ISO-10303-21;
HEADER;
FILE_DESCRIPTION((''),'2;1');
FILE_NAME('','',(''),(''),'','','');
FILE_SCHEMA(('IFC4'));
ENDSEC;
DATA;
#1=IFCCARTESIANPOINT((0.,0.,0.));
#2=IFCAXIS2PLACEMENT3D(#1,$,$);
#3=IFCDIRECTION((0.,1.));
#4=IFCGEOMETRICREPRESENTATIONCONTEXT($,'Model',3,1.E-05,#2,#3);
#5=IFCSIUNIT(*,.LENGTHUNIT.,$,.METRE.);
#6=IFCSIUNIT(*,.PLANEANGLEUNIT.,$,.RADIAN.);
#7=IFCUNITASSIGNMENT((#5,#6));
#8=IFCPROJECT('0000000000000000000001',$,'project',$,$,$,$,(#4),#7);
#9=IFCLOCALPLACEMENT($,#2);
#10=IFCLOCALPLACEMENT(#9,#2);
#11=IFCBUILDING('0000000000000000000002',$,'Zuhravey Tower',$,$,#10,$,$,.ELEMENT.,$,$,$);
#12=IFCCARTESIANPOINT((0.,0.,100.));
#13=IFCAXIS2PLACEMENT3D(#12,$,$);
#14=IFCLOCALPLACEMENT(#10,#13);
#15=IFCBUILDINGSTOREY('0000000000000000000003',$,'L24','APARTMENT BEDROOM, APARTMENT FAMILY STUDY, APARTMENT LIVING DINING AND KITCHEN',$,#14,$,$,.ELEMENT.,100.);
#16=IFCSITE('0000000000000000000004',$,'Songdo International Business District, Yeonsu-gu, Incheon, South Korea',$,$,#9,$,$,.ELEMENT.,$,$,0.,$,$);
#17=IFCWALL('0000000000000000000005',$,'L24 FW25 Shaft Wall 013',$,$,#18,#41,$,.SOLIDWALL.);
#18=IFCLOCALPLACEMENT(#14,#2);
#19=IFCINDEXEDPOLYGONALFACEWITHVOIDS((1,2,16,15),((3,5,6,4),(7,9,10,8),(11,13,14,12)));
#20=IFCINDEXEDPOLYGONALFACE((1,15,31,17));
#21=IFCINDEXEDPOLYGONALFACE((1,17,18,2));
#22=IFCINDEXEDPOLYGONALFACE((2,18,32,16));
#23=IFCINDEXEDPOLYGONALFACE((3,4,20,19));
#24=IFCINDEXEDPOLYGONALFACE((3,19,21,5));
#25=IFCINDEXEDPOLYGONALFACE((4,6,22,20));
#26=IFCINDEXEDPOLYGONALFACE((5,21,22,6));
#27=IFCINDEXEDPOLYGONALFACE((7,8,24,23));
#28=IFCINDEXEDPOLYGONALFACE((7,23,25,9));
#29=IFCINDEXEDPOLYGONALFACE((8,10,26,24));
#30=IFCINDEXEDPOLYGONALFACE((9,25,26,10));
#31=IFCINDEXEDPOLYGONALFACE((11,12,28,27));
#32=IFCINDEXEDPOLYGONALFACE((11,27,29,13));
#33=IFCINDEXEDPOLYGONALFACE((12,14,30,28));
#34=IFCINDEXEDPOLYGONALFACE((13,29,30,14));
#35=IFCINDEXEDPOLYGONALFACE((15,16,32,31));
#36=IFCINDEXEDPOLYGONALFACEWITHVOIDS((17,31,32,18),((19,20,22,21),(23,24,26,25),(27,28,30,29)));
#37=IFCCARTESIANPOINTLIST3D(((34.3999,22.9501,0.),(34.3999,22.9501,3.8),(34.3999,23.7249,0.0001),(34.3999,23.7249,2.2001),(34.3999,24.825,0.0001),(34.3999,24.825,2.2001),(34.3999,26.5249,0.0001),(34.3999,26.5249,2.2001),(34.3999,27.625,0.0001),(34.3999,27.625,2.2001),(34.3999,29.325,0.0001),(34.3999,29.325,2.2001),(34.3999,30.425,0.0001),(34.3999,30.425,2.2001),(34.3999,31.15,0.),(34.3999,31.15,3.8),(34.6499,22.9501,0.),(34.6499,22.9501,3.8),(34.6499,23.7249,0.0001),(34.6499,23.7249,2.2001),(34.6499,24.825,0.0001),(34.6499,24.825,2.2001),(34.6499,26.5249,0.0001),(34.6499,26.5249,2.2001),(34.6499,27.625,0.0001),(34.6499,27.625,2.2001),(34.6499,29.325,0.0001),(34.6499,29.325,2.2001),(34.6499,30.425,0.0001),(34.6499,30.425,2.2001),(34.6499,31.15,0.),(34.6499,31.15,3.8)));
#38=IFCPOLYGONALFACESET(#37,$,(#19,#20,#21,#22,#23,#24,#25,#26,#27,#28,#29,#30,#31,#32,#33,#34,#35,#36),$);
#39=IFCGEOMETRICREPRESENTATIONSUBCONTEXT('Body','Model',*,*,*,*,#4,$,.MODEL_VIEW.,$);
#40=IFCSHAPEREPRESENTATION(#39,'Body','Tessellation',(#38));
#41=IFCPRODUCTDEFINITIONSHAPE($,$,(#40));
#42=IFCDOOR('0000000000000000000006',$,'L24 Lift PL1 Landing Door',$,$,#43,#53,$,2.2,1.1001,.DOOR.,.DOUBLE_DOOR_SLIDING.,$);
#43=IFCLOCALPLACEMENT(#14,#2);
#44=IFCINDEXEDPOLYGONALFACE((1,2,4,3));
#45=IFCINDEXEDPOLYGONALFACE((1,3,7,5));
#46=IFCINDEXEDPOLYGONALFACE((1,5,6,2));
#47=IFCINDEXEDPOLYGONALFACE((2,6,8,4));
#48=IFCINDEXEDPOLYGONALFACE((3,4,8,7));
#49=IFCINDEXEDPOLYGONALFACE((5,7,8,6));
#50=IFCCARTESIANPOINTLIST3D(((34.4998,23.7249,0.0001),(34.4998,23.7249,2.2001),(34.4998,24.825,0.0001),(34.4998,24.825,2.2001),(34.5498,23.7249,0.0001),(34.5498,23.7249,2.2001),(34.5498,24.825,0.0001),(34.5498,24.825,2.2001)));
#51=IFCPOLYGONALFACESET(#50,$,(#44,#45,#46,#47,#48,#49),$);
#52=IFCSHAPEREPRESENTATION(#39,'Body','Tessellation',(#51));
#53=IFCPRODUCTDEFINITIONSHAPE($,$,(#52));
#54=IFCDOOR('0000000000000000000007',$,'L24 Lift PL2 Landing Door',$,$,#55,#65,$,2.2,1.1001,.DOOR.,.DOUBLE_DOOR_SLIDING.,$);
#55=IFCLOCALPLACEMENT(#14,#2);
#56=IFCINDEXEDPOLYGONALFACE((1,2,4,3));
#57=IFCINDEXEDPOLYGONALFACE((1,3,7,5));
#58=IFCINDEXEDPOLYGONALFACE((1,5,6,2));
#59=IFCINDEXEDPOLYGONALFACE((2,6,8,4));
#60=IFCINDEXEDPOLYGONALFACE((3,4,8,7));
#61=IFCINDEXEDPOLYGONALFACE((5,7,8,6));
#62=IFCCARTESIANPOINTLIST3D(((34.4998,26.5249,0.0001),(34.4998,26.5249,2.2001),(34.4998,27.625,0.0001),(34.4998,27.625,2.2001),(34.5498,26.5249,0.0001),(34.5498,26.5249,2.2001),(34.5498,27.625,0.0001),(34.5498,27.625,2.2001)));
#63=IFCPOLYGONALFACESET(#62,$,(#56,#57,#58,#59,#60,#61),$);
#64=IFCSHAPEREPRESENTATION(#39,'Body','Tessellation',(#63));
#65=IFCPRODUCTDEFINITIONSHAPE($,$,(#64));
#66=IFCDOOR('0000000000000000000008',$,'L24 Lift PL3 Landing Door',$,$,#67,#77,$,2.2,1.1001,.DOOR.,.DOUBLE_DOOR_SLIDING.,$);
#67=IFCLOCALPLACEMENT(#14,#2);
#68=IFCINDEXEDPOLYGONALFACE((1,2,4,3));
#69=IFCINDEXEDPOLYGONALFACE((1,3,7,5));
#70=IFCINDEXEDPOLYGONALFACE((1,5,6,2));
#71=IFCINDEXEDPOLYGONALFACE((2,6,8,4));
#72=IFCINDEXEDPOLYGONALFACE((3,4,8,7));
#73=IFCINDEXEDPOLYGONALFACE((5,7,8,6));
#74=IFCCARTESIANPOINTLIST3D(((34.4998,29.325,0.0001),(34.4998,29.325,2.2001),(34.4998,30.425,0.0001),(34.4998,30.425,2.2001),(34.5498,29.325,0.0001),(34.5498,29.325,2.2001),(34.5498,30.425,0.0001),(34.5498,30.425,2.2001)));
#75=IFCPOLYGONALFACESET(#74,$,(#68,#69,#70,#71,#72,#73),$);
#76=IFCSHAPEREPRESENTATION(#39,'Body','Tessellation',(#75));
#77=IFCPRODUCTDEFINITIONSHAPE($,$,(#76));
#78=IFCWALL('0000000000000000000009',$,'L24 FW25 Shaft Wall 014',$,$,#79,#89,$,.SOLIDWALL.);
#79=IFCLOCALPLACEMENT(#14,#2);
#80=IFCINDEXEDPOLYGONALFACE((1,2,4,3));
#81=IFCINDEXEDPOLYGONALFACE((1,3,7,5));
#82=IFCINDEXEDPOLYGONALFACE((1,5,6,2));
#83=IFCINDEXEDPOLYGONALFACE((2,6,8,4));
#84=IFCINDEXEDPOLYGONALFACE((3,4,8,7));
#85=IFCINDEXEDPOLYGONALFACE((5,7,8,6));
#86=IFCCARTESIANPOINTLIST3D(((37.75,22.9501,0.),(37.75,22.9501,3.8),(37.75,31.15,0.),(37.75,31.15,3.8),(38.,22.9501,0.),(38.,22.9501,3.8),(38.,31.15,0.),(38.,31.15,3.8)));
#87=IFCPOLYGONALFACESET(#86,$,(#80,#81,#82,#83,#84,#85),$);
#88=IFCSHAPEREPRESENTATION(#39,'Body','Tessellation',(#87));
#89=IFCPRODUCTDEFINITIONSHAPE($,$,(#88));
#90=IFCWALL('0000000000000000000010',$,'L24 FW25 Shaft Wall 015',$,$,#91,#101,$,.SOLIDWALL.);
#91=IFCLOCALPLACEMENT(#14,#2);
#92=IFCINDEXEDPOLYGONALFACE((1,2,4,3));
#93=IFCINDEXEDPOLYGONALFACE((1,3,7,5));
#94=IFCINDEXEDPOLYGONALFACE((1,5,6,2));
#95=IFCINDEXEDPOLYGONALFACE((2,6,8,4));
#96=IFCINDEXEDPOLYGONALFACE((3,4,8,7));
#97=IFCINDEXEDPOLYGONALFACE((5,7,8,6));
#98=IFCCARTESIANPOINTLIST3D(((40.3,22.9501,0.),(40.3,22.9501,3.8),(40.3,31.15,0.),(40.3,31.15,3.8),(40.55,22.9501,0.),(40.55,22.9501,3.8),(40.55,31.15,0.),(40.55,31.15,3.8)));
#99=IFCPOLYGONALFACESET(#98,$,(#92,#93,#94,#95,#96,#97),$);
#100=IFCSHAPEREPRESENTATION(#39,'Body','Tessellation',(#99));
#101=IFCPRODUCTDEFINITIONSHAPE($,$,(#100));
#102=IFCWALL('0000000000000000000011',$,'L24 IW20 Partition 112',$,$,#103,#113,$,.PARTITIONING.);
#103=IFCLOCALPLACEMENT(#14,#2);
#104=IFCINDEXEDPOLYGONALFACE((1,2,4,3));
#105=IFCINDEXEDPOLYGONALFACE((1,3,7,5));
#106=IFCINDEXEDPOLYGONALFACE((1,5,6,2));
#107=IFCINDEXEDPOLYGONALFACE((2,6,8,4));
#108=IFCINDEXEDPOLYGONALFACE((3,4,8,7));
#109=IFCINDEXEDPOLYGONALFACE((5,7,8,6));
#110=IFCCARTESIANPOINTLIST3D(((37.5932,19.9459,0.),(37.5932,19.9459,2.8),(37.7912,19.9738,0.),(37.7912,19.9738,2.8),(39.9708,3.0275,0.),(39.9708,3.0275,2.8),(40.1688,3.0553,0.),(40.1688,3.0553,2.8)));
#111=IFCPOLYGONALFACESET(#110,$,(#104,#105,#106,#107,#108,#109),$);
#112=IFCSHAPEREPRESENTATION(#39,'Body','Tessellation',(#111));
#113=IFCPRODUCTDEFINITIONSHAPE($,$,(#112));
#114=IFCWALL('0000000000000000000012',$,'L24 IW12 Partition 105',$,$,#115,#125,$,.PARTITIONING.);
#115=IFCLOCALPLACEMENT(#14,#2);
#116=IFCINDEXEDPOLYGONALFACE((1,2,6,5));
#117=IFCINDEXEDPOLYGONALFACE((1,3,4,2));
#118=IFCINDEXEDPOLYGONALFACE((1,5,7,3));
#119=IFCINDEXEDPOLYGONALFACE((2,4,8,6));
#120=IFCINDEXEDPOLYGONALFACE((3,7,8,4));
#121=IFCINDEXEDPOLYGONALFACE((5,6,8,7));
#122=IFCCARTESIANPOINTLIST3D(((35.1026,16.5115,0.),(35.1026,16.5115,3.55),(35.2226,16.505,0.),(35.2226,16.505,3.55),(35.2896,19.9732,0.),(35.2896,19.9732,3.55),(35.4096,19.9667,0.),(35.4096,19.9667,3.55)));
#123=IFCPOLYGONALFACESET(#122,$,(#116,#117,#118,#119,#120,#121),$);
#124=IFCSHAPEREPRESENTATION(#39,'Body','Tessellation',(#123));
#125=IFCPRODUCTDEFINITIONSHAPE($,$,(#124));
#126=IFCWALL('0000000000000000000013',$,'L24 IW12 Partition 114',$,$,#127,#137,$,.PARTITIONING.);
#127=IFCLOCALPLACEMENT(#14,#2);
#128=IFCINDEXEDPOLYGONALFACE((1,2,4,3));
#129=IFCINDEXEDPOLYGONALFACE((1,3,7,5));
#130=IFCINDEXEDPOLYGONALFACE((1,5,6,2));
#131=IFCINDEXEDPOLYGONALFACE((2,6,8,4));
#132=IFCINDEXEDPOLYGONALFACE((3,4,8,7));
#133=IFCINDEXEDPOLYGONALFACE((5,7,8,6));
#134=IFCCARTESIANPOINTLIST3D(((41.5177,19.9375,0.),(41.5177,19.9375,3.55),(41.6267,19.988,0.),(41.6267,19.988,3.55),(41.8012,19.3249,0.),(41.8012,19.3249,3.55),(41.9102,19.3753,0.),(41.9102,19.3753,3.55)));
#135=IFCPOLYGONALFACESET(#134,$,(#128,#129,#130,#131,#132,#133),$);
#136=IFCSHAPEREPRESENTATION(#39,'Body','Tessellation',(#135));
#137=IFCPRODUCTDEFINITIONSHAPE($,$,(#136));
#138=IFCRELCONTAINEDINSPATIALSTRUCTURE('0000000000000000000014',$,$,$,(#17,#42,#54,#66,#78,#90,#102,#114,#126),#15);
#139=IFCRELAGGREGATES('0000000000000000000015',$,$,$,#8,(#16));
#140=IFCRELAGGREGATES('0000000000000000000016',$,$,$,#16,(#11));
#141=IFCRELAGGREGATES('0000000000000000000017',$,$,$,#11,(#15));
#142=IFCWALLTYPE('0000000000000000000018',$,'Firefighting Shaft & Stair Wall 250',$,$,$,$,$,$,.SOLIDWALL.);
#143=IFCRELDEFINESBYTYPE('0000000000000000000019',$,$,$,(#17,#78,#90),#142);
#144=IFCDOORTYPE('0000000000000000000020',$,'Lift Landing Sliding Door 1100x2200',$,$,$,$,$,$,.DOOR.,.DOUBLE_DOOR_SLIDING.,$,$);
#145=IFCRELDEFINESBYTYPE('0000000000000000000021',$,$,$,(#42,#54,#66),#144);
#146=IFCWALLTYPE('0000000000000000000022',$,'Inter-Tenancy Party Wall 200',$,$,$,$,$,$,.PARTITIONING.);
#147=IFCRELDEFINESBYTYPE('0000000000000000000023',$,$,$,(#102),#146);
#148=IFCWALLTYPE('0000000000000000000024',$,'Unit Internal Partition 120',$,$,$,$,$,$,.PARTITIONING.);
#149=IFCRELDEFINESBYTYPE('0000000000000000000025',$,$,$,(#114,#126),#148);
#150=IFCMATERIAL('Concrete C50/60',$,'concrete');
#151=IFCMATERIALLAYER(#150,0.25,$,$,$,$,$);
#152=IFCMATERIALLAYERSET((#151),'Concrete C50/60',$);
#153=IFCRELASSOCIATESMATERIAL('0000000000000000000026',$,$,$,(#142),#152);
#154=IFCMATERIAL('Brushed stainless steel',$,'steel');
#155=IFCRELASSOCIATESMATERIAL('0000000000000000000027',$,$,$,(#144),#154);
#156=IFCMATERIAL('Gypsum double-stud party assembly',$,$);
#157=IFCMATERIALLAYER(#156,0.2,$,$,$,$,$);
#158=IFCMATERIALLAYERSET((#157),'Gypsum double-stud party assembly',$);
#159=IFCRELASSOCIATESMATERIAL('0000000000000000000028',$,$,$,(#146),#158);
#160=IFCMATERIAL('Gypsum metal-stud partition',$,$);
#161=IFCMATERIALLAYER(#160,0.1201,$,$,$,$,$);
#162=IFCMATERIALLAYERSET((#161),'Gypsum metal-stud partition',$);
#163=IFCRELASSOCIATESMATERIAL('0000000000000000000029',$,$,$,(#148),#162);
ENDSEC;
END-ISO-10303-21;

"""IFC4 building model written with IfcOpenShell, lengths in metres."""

from ifc_helpers import new_model, si_unit, direction, frame, frame_2d, origin, place, context, subcontext, project, spatial, rectangle, extrude, material, layer, layer_set, type_object, element, fill, save


model = new_model("IFC4")

# Units and contexts
model_context = context("Model", 3, precision=1e-05, world=origin(), true_north=direction((0.0, 1.0)))
body_context = subcontext(model_context, "Body", "Model", "MODEL_VIEW")
ifc_project = project(units=[si_unit("LENGTHUNIT", "METRE"), si_unit("PLANEANGLEUNIT", "RADIAN")], contexts=[model_context])

# Site, building, storey
site_placement = place(None, origin())
site = spatial("IfcSite", under=ifc_project, at=site_placement, Name="Songdo International Business District, Yeonsu-gu, Incheon, South Korea", CompositionType="ELEMENT", RefElevation=0.0)
building_placement = place(site_placement, origin())
building = spatial("IfcBuilding", under=site, at=building_placement, Name="Zuhravey Tower", CompositionType="ELEMENT")
storey_placement = place(building_placement, frame((0.0, 0.0, 100.0)))
storey = spatial("IfcBuildingStorey", under=building, at=storey_placement, Name="L24", Description="APARTMENT BEDROOM, APARTMENT FAMILY STUDY, APARTMENT LIVING DINING AND KITCHEN", CompositionType="ELEMENT", Elevation=100.0)

# Shared definitions
ifc_material_1 = material(Name="Concrete C50/60", Category="concrete")
ifc_layer_1 = layer(ifc_material_1, 0.25)
ifc_layer_set_1 = layer_set([ifc_layer_1], Name="Concrete C50/60")
wall_type_1 = type_object("IfcWallType", Name="Firefighting Shaft & Stair Wall 250", PredefinedType="SOLIDWALL", material=ifc_layer_set_1)

# Wall, openings, doors
wall_1_placement = place(storey_placement, frame((34.5249, 22.95, 0.0), z_axis=(0.0, 0.0, 1.0), x_axis=(0.0, 1.0, 0.0)))
wall_1 = element("IfcWall", 1, at=wall_1_placement, inside=storey, type_object=wall_type_1, Name="L24 FW25 Shaft Wall 013", PredefinedType="SOLIDWALL", context=body_context, shape_type="SweptSolid", body=[
    extrude(rectangle(XDim=8.2, YDim=0.25, at=frame_2d((4.1001, 0.0))), origin(), (0.0, 0.0, 1.0), 3.8),
])
opening_1_placement = place(wall_1_placement, frame((0.7749, 0.0, 0.0)))
opening_1 = element("IfcOpeningElement", 2, at=opening_1_placement, cuts=wall_1, PredefinedType="OPENING", context=body_context, shape_type="SweptSolid", body=[
    extrude(rectangle(XDim=1.1001, YDim=2.2, at=frame_2d((0.55, 1.1001))), frame((0.0, 0.137, 0.0), z_axis=(0.0, -1.0, 0.0), x_axis=(1.0, 0.0, 0.0)), (0.0, 0.0, 1.0), 0.2739),
])
opening_2_placement = place(wall_1_placement, frame((3.575, 0.0, 0.0)))
opening_2 = element("IfcOpeningElement", 3, at=opening_2_placement, cuts=wall_1, PredefinedType="OPENING", context=body_context, shape_type="SweptSolid", body=[
    extrude(rectangle(XDim=1.1001, YDim=2.2, at=frame_2d((0.55, 1.1001))), frame((0.0, 0.137, 0.0), z_axis=(0.0, -1.0, 0.0), x_axis=(1.0, 0.0, 0.0)), (0.0, 0.0, 1.0), 0.2739),
])
opening_3_placement = place(wall_1_placement, frame((6.375, 0.0, 0.0)))
opening_3 = element("IfcOpeningElement", 4, at=opening_3_placement, cuts=wall_1, PredefinedType="OPENING", context=body_context, shape_type="SweptSolid", body=[
    extrude(rectangle(XDim=1.1001, YDim=2.2, at=frame_2d((0.55, 1.1001))), frame((0.0, 0.137, 0.0), z_axis=(0.0, -1.0, 0.0), x_axis=(1.0, 0.0, 0.0)), (0.0, 0.0, 1.0), 0.2739),
])
ifc_material_2 = material(Name="Brushed stainless steel", Category="steel")
door_type_1 = type_object("IfcDoorType", Name="Lift Landing Sliding Door 1100x2200", OperationType="DOUBLE_DOOR_SLIDING", PredefinedType="DOOR", material=ifc_material_2)
door_1_placement = place(opening_1_placement, frame((1.1001, 0.0, 0.0), z_axis=(0.0, 0.0, 1.0), x_axis=(-1.0, 0.0, 0.0)))
door_1 = element("IfcDoor", 5, at=door_1_placement, inside=storey, type_object=door_type_1, Name="L24 Lift PL1 Landing Door", OperationType="DOUBLE_DOOR_SLIDING", OverallHeight=2.2, OverallWidth=1.1001, PredefinedType="DOOR", context=body_context, shape_type="SweptSolid", body=[
    extrude(rectangle(XDim=1.1001, YDim=2.2, at=frame_2d((0.55, 1.1001))), frame((0.0, 0.0249, 0.0), z_axis=(0.0, -1.0, 0.0), x_axis=(1.0, 0.0, 0.0)), (0.0, 0.0, 1.0), 0.05),
])
fill(opening_1, door_1)
door_2_placement = place(opening_2_placement, frame((1.1001, 0.0, 0.0), z_axis=(0.0, 0.0, 1.0), x_axis=(-1.0, 0.0, 0.0)))
door_2 = element("IfcDoor", 6, at=door_2_placement, inside=storey, type_object=door_type_1, Name="L24 Lift PL2 Landing Door", OperationType="DOUBLE_DOOR_SLIDING", OverallHeight=2.2, OverallWidth=1.1001, PredefinedType="DOOR", context=body_context, shape_type="SweptSolid", body=[
    extrude(rectangle(XDim=1.1001, YDim=2.2, at=frame_2d((0.55, 1.1001))), frame((0.0, 0.0249, 0.0), z_axis=(0.0, -1.0, 0.0), x_axis=(1.0, 0.0, 0.0)), (0.0, 0.0, 1.0), 0.05),
])
fill(opening_2, door_2)
door_3_placement = place(opening_3_placement, frame((1.1001, 0.0, 0.0), z_axis=(0.0, 0.0, 1.0), x_axis=(-1.0, 0.0, 0.0)))
door_3 = element("IfcDoor", 7, at=door_3_placement, inside=storey, type_object=door_type_1, Name="L24 Lift PL3 Landing Door", OperationType="DOUBLE_DOOR_SLIDING", OverallHeight=2.2, OverallWidth=1.1001, PredefinedType="DOOR", context=body_context, shape_type="SweptSolid", body=[
    extrude(rectangle(XDim=1.1001, YDim=2.2, at=frame_2d((0.55, 1.1001))), frame((0.0, 0.0249, 0.0), z_axis=(0.0, -1.0, 0.0), x_axis=(1.0, 0.0, 0.0)), (0.0, 0.0, 1.0), 0.05),
])
fill(opening_3, door_3)

# Walls
for number, where, z_axis, x_axis, name in (
    (8, (37.875, 22.95, 0.0), (0.0, 0.0, 1.0), (0.0, 1.0, 0.0), "L24 FW25 Shaft Wall 014"),
    (9, (40.425, 22.95, 0.0), (0.0, 0.0, 1.0), (0.0, 1.0, 0.0), "L24 FW25 Shaft Wall 015"),
):
    element("IfcWall", number, at=place(storey_placement, frame(where, z_axis=z_axis, x_axis=x_axis)), inside=storey, type_object=wall_type_1, Name=name, PredefinedType="SOLIDWALL", context=body_context, shape_type="SweptSolid", body=[
        extrude(rectangle(XDim=8.2, YDim=0.25, at=frame_2d((4.1001, 0.0))), origin(), (0.0, 0.0, 1.0), 3.8),
    ])
ifc_material_3 = material(Name="Gypsum double-stud party assembly")
ifc_layer_2 = layer(ifc_material_3, 0.2)
ifc_layer_set_2 = layer_set([ifc_layer_2], Name="Gypsum double-stud party assembly")
wall_type_2 = type_object("IfcWallType", Name="Inter-Tenancy Party Wall 200", PredefinedType="PARTITIONING", material=ifc_layer_set_2)
wall_2_placement = place(storey_placement, frame((37.6921, 19.96, 0.0), z_axis=(0.0, 0.0, 1.0), x_axis=(0.13917, -0.990268, 0.0)))
element("IfcWall", 10, at=wall_2_placement, inside=storey, type_object=wall_type_2, Name="L24 IW20 Partition 112", PredefinedType="PARTITIONING", context=body_context, shape_type="SweptSolid", body=[
    extrude(rectangle(XDim=17.0847, YDim=0.2, at=frame_2d((8.5425, 0.0))), origin(), (0.0, 0.0, 1.0), 2.8),
])
ifc_material_4 = material(Name="Gypsum metal-stud partition")
ifc_layer_3 = layer(ifc_material_4, 0.1201)
ifc_layer_set_3 = layer_set([ifc_layer_3], Name="Gypsum metal-stud partition")
wall_type_3 = type_object("IfcWallType", Name="Unit Internal Partition 120", PredefinedType="PARTITIONING", material=ifc_layer_set_3)
wall_3_placement = place(storey_placement, frame((35.3496, 19.97, 0.0), z_axis=(0.0, 0.0, 1.0), x_axis=(-0.053945, -0.998544, 0.0)))
element("IfcWall", 11, at=wall_3_placement, inside=storey, type_object=wall_type_3, Name="L24 IW12 Partition 105", PredefinedType="PARTITIONING", context=body_context, shape_type="SweptSolid", body=[
    extrude(rectangle(XDim=3.4668, YDim=0.1201, at=frame_2d((1.7334, 0.0))), origin(), (0.0, 0.0, 1.0), 3.55),
])
wall_4_placement = place(storey_placement, frame((41.5723, 19.9626, 0.0), z_axis=(0.0, 0.0, 1.0), x_axis=(0.419953, -0.907546, 0.0)))
element("IfcWall", 12, at=wall_4_placement, inside=storey, type_object=wall_type_3, Name="L24 IW12 Partition 114", PredefinedType="PARTITIONING", context=body_context, shape_type="SweptSolid", body=[
    extrude(rectangle(XDim=0.675, YDim=0.1201, at=frame_2d((0.3374, 0.0))), origin(), (0.0, 0.0, 1.0), 3.55),
])

save(model, "model.ifc")
